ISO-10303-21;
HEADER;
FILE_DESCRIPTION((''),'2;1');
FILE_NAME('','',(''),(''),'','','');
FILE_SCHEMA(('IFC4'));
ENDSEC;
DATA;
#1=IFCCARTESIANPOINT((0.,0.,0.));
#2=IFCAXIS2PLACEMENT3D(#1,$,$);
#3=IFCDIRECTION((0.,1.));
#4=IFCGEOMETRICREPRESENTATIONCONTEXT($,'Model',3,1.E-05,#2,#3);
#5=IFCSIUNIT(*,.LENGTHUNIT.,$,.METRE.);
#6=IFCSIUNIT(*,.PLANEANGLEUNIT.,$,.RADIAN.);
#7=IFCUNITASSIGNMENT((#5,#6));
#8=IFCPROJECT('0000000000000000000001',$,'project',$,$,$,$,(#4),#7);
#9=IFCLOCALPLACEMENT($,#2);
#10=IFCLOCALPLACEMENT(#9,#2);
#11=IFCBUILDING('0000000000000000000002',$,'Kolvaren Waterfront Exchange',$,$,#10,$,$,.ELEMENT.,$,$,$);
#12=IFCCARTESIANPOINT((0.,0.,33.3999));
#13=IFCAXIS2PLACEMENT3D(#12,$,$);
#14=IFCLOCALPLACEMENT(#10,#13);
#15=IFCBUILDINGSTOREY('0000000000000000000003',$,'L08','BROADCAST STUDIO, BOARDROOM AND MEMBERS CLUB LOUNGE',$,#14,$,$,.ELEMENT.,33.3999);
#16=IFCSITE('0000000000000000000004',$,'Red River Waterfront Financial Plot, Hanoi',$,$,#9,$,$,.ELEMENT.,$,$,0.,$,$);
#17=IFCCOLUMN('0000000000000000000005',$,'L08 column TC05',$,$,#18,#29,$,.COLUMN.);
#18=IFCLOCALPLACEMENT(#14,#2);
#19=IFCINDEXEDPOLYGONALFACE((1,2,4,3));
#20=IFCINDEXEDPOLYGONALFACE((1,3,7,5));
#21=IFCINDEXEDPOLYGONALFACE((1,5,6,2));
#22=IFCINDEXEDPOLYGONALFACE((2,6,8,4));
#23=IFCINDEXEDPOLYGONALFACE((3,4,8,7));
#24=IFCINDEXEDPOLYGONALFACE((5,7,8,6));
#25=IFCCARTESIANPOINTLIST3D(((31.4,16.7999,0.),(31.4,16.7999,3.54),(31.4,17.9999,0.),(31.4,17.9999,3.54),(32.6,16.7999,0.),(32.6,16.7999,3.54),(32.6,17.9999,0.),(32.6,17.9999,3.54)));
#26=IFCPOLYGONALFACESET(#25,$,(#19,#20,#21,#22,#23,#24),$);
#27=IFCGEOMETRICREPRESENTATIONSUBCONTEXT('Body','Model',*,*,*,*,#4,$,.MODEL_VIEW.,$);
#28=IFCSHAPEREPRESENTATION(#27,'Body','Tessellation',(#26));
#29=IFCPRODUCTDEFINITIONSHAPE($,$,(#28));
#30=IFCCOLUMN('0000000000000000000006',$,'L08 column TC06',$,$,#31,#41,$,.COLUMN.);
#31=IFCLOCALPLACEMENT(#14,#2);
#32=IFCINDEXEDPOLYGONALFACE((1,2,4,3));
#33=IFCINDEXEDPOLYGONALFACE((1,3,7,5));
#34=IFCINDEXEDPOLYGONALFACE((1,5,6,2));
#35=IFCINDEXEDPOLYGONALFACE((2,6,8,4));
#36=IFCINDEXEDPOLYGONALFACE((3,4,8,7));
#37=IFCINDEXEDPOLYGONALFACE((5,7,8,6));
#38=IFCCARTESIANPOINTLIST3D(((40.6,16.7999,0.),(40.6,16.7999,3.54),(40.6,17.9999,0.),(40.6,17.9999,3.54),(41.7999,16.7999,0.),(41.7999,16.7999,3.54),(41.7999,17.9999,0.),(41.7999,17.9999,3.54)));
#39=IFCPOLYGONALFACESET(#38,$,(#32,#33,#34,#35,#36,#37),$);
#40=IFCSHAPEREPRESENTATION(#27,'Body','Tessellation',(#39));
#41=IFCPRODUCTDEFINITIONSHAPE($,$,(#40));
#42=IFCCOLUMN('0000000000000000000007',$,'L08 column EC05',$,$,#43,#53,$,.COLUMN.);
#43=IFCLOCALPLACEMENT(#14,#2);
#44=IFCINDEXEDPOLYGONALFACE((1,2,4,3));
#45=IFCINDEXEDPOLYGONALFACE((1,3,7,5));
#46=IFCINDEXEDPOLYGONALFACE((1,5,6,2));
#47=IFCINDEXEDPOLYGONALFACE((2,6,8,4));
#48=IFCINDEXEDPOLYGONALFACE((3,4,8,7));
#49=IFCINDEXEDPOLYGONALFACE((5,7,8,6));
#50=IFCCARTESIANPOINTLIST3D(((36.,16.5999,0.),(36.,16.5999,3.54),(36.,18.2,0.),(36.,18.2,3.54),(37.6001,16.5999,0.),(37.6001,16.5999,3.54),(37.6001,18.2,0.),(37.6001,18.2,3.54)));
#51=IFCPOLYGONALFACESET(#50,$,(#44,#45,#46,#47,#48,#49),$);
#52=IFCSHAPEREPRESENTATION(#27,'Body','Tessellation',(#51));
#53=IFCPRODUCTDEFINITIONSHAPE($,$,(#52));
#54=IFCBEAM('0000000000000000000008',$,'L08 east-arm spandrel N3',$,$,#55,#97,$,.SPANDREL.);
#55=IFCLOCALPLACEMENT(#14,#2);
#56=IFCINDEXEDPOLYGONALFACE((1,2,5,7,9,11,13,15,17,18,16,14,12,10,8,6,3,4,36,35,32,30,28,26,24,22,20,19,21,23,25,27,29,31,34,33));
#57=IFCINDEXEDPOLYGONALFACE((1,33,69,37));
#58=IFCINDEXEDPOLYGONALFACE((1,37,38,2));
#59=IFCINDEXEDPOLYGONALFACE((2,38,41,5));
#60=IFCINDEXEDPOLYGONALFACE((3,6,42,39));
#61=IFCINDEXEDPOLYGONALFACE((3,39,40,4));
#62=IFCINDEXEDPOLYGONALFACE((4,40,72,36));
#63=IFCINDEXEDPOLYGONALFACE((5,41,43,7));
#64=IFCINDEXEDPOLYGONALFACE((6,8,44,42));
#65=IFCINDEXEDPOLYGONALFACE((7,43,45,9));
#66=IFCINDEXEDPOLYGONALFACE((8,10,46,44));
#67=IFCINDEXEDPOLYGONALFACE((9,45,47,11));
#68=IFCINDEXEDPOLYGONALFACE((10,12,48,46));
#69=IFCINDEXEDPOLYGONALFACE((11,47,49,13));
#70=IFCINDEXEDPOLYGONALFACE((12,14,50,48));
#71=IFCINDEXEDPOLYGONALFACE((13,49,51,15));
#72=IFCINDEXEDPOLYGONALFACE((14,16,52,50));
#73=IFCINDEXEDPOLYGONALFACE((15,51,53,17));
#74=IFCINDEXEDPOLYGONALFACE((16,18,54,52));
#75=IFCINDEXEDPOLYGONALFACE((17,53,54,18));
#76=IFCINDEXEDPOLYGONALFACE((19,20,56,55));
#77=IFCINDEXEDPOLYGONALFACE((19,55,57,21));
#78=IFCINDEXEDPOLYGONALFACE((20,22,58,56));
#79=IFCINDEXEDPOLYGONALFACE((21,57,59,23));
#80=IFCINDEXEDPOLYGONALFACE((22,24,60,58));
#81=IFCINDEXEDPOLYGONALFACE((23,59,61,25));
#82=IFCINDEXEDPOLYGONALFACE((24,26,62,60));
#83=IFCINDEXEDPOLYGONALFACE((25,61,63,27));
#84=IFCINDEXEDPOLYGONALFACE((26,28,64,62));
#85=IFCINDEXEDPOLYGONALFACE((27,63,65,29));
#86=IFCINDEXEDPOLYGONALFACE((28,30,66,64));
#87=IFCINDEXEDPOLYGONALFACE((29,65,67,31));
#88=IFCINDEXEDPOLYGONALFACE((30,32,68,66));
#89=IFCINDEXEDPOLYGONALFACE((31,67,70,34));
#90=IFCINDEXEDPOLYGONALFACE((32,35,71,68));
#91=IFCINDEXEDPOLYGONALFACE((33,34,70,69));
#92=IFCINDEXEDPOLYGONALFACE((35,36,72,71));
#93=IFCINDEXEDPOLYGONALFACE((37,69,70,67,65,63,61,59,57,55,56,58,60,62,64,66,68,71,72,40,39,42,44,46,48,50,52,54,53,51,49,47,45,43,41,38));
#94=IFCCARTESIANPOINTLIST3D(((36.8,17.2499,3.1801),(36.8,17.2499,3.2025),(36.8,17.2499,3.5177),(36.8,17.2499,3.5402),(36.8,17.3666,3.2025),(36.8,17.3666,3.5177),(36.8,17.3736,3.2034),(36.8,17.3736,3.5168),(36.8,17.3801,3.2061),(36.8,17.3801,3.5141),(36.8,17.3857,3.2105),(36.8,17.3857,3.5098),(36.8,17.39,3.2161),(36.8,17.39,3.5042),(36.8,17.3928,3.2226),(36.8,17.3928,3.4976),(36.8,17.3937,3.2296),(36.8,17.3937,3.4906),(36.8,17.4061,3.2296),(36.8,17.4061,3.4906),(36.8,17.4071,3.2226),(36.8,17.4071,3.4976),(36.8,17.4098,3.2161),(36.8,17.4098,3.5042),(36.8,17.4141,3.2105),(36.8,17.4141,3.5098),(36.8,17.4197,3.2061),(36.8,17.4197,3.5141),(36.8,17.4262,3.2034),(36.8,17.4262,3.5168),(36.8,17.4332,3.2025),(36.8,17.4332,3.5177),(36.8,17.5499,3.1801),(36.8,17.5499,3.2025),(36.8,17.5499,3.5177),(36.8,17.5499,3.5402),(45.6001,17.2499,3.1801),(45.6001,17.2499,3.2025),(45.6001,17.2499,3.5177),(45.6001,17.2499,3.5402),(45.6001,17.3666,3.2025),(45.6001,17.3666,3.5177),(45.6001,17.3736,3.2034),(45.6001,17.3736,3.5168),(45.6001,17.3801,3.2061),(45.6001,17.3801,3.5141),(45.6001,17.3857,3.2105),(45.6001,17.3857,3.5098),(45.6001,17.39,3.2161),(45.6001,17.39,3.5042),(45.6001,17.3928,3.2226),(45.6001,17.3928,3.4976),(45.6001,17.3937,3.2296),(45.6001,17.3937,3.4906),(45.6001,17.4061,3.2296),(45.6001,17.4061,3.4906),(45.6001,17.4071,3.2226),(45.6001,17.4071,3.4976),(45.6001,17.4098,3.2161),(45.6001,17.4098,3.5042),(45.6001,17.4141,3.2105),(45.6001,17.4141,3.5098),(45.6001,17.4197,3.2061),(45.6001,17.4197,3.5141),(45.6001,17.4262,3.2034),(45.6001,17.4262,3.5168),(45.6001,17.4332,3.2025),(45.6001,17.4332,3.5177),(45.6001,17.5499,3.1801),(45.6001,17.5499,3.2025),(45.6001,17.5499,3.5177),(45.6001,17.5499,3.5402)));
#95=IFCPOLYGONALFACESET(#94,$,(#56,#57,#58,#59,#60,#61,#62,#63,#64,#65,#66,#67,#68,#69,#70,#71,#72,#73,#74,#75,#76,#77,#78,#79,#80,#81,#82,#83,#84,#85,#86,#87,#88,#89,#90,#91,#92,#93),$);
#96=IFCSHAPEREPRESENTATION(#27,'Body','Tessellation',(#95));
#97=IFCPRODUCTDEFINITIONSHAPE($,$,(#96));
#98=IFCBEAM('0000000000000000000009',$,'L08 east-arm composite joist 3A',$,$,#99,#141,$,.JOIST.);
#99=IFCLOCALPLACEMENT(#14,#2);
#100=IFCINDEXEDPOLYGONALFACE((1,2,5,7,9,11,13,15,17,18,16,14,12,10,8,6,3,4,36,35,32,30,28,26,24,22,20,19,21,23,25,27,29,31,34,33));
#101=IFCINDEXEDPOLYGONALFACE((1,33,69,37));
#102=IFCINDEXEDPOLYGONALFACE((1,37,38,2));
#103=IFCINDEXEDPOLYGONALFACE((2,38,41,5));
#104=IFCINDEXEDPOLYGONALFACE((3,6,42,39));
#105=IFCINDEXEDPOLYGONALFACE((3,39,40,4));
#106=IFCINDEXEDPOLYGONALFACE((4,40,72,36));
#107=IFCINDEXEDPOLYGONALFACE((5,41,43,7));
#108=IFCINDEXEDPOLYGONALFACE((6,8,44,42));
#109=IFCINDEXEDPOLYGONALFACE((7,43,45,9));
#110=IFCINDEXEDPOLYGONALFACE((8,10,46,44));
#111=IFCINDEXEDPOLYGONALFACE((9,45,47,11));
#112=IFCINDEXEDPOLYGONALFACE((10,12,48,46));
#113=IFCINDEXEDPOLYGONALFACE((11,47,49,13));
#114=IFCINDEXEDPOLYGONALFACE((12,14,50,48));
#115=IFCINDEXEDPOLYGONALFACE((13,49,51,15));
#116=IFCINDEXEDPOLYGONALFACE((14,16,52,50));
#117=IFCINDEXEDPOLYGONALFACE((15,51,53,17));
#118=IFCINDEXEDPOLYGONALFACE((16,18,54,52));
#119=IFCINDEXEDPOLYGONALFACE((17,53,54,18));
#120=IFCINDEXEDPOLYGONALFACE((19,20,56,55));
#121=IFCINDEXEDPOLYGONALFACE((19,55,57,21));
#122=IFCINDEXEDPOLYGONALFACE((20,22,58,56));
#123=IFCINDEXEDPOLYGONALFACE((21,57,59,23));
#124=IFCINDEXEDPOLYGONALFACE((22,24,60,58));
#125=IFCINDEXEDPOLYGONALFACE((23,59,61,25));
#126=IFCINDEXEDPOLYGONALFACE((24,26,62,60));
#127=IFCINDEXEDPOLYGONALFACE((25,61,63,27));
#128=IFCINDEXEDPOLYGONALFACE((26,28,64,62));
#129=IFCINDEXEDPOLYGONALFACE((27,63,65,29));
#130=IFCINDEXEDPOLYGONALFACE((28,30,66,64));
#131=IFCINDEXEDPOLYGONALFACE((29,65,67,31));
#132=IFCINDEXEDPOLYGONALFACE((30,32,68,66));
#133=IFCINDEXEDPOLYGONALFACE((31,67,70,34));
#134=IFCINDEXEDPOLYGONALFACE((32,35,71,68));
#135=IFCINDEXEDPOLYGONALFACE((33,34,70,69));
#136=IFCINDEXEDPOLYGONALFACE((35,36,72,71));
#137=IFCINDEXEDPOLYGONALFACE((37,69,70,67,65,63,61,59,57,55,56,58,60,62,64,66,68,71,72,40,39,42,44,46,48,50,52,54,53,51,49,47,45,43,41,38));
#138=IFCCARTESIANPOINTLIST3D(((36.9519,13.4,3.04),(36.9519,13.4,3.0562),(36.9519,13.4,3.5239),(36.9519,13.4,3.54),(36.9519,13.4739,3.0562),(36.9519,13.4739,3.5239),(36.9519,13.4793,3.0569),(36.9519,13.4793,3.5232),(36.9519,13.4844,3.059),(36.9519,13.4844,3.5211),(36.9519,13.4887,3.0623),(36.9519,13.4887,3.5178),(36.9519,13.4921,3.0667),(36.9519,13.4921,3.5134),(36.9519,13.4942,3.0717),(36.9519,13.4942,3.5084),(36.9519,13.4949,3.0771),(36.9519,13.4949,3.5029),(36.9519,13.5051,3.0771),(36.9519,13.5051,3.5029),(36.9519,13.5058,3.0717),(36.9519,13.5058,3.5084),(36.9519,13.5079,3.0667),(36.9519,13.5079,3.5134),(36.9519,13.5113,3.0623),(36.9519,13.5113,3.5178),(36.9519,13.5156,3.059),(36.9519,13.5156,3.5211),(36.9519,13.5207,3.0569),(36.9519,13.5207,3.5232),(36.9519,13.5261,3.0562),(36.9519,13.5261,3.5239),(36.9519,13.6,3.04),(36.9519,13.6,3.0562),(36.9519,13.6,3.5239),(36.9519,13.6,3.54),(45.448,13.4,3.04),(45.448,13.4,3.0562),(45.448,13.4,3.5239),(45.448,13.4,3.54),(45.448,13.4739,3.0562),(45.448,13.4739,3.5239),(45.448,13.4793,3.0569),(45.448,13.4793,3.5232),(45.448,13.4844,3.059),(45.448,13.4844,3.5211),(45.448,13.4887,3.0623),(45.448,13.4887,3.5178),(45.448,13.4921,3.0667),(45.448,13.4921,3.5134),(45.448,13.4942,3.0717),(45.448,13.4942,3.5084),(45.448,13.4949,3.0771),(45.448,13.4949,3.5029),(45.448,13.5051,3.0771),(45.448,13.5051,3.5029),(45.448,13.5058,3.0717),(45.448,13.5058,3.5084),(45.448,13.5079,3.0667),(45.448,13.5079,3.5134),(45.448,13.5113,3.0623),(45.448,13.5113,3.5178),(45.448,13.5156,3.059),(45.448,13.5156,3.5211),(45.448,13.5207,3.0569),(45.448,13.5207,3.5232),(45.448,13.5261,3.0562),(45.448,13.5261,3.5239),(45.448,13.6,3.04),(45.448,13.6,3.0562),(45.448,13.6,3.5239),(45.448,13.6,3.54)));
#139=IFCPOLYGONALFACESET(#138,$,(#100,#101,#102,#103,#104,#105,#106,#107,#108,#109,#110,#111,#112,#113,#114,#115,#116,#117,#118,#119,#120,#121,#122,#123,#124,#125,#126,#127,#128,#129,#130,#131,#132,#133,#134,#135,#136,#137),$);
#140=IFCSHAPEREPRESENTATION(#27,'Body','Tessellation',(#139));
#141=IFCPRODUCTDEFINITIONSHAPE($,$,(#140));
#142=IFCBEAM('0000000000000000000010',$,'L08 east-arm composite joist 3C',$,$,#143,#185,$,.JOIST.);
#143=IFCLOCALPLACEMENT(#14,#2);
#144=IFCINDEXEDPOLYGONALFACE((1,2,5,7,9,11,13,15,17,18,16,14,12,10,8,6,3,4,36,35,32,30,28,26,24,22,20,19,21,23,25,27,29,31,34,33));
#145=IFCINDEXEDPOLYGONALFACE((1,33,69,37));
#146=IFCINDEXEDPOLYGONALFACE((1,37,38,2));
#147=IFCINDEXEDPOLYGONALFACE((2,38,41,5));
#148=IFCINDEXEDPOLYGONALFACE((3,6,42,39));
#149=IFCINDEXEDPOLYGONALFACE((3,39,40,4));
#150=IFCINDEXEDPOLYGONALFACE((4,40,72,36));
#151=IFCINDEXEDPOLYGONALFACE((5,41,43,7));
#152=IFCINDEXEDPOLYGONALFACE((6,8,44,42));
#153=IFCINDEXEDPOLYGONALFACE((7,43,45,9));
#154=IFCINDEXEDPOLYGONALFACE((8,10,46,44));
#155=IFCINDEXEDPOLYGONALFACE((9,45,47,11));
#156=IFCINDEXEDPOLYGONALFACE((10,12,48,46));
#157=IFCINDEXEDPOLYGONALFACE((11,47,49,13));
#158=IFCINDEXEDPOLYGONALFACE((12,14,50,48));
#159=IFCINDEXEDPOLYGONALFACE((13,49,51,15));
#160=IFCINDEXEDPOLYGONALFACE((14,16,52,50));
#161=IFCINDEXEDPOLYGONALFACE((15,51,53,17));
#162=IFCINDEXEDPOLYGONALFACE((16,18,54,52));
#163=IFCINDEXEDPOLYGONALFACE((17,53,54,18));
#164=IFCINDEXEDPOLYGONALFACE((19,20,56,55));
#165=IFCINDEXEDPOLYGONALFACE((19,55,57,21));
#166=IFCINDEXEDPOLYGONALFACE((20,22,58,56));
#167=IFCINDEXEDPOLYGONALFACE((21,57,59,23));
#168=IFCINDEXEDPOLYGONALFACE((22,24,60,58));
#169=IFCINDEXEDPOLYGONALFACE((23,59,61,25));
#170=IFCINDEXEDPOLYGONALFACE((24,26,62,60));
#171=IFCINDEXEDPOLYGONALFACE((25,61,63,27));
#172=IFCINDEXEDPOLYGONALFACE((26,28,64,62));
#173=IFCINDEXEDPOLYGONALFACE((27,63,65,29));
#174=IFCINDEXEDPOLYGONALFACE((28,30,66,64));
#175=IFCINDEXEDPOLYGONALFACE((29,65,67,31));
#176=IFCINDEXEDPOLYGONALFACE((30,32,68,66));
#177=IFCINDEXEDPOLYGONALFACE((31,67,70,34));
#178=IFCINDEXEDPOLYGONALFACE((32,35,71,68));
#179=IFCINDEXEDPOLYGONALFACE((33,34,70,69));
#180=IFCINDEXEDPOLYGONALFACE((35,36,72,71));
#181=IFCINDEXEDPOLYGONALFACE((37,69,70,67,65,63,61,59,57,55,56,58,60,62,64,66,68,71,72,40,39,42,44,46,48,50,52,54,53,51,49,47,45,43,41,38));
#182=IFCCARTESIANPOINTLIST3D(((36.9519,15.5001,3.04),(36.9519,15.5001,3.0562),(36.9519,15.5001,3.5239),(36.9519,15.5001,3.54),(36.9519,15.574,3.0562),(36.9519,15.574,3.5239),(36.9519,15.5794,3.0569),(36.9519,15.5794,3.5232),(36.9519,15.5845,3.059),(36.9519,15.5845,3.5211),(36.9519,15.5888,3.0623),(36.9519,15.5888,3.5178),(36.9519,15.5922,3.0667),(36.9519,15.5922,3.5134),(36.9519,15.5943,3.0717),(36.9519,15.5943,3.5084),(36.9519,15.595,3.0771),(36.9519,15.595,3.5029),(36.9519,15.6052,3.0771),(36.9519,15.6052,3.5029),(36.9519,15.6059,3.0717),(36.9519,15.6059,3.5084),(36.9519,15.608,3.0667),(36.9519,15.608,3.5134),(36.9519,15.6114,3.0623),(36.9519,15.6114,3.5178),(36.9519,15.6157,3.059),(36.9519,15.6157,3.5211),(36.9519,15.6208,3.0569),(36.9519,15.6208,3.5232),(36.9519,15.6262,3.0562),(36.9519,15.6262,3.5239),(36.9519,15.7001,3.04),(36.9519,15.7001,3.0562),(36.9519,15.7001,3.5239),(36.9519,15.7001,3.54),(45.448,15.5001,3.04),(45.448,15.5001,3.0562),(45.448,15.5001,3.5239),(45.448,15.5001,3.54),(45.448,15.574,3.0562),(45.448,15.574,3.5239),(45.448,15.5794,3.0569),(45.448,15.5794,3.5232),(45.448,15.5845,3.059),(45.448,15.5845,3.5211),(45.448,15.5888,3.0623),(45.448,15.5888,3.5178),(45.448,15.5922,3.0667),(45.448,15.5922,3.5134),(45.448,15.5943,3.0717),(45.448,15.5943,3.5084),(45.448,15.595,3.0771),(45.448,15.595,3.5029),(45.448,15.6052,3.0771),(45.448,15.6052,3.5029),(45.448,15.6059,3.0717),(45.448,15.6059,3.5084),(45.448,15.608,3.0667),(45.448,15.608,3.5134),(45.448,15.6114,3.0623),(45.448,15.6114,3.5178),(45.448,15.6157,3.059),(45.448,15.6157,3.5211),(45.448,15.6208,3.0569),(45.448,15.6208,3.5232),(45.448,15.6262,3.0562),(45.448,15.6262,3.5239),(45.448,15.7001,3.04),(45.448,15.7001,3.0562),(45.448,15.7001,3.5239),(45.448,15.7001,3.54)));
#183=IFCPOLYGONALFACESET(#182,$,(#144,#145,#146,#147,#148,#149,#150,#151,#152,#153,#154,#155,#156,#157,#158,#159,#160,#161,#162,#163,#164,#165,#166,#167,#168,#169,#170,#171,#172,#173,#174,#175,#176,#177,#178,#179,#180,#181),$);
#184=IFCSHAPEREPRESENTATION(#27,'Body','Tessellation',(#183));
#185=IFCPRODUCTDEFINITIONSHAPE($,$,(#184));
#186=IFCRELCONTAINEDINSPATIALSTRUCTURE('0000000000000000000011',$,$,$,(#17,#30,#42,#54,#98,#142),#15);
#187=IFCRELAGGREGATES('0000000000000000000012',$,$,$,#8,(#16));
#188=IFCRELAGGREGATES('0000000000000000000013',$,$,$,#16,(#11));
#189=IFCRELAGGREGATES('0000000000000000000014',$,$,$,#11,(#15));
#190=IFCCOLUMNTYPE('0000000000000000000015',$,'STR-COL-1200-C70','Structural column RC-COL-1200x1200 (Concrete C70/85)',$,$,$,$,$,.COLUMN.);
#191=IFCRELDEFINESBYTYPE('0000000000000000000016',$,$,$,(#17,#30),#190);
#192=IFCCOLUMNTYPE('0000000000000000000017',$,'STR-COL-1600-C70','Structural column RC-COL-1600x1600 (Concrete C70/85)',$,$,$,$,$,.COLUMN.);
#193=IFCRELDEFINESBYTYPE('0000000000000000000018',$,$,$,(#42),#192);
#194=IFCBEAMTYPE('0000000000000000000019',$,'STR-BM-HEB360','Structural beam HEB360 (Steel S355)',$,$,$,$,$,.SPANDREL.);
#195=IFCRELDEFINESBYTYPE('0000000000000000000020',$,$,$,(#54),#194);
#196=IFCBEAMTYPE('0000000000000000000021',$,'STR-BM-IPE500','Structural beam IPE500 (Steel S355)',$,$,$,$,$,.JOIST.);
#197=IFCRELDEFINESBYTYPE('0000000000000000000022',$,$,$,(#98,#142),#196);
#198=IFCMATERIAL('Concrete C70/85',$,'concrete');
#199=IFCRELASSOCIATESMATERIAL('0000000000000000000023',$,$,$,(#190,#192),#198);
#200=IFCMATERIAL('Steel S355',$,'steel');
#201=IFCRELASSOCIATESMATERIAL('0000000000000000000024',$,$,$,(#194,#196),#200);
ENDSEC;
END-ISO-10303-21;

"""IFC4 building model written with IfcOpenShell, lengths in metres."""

from ifc_helpers import new_model, si_unit, direction, frame, origin, origin_2d, place, context, subcontext, project, spatial, rectangle, i_section, extrude, material, material_profile, profile_set, type_object, element, save


model = new_model("IFC4")

# Units and contexts
model_context = context("Model", 3, precision=1e-05, world=origin(), true_north=direction((0.0, 1.0)))
body_context = subcontext(model_context, "Body", "Model", "MODEL_VIEW")
ifc_project = project(units=[si_unit("LENGTHUNIT", "METRE"), si_unit("PLANEANGLEUNIT", "RADIAN")], contexts=[model_context])

# Site, building, storey
site_placement = place(None, origin())
site = spatial("IfcSite", under=ifc_project, at=site_placement, Name="Red River Waterfront Financial Plot, Hanoi", CompositionType="ELEMENT", RefElevation=0.0)
building_placement = place(site_placement, origin())
building = spatial("IfcBuilding", under=site, at=building_placement, Name="Kolvaren Waterfront Exchange", CompositionType="ELEMENT")
storey_placement = place(building_placement, frame((0.0, 0.0, 33.3999)))
storey = spatial("IfcBuildingStorey", under=building, at=storey_placement, Name="L08", Description="BROADCAST STUDIO, BOARDROOM AND MEMBERS CLUB LOUNGE", CompositionType="ELEMENT", Elevation=33.3999)

# Columns
ifc_material_1 = material(Name="Concrete C70/85", Category="concrete")
ifc_material_profile_1 = material_profile(ifc_material_1, rectangle(XDim=1.2, YDim=1.2, at=origin_2d()), Name="RC-COL-1200x1200")
ifc_profile_set_1 = profile_set([ifc_material_profile_1], Name="Concrete C70/85")
column_type_1 = type_object("IfcColumnType", Name="STR-COL-1200-C70", Description="Structural column RC-COL-1200x1200 (Concrete C70/85)", PredefinedType="COLUMN", material=ifc_profile_set_1)
for number, where, z_axis, x_axis, name in (
    (1, (32.0, 17.3999, 0.0), (0.0, 0.0, 1.0), (1.0, 0.0, 0.0), "L08 column TC05"),
    (2, (41.2, 17.3999, 0.0), (0.0, 0.0, 1.0), (1.0, 0.0, 0.0), "L08 column TC06"),
):
    element("IfcColumn", number, at=place(storey_placement, frame(where, z_axis=z_axis, x_axis=x_axis)), inside=storey, type_object=column_type_1, Name=name, PredefinedType="COLUMN", context=body_context, shape_type="SweptSolid", body=[
        extrude(rectangle(XDim=1.2, YDim=1.2, at=origin_2d()), origin(), (0.0, 0.0, 1.0), 3.54),
    ])
ifc_material_profile_2 = material_profile(ifc_material_1, rectangle(XDim=1.6001, YDim=1.6001, at=origin_2d()), Name="RC-COL-1600x1600")
ifc_profile_set_2 = profile_set([ifc_material_profile_2], Name="Concrete C70/85")
column_type_2 = type_object("IfcColumnType", Name="STR-COL-1600-C70", Description="Structural column RC-COL-1600x1600 (Concrete C70/85)", PredefinedType="COLUMN", material=ifc_profile_set_2)
column_placement = place(storey_placement, frame((36.8, 17.3999, 0.0), z_axis=(0.0, 0.0, 1.0), x_axis=(1.0, 0.0, 0.0)))
element("IfcColumn", 3, at=column_placement, inside=storey, type_object=column_type_2, Name="L08 column EC05", PredefinedType="COLUMN", context=body_context, shape_type="SweptSolid", body=[
    extrude(rectangle(XDim=1.6001, YDim=1.6001, at=origin_2d()), origin(), (0.0, 0.0, 1.0), 3.54),
])

# Beams
ifc_material_2 = material(Name="Steel S355", Category="steel")
ifc_material_profile_3 = material_profile(ifc_material_2, i_section(OverallWidth=0.3, OverallDepth=0.3601, WebThickness=0.0125, FlangeThickness=0.0225, FilletRadius=0.0271, at=origin_2d()), Name="HEB360")
ifc_profile_set_3 = profile_set([ifc_material_profile_3], Name="Steel S355")
beam_type_1 = type_object("IfcBeamType", Name="STR-BM-HEB360", Description="Structural beam HEB360 (Steel S355)", PredefinedType="SPANDREL", material=ifc_profile_set_3)
beam_placement = place(storey_placement, frame((36.8, 17.3999, 3.3601), z_axis=(1.0, 0.0, 0.0), x_axis=(0.0, 1.0, 0.0)))
element("IfcBeam", 4, at=beam_placement, inside=storey, type_object=beam_type_1, Name="L08 east-arm spandrel N3", PredefinedType="SPANDREL", context=body_context, shape_type="SweptSolid", body=[
    extrude(i_section(OverallWidth=0.3, OverallDepth=0.3601, WebThickness=0.0125, FlangeThickness=0.0225, FilletRadius=0.0271, at=origin_2d()), origin(), (0.0, 0.0, 1.0), 8.8),
])
ifc_material_profile_4 = material_profile(ifc_material_2, i_section(OverallWidth=0.2, OverallDepth=0.5, WebThickness=0.0103, FlangeThickness=0.0161, FilletRadius=0.021, at=origin_2d()), Name="IPE500")
ifc_profile_set_4 = profile_set([ifc_material_profile_4], Name="Steel S355")
beam_type_2 = type_object("IfcBeamType", Name="STR-BM-IPE500", Description="Structural beam IPE500 (Steel S355)", PredefinedType="JOIST", material=ifc_profile_set_4)
for number, where, z_axis, x_axis, name in (
    (5, (36.9519, 13.5, 3.29), (1.0, 0.0, 0.0), (0.0, 1.0, 0.0), "L08 east-arm composite joist 3A"),
    (6, (36.9519, 15.6001, 3.29), (1.0, 0.0, 0.0), (0.0, 1.0, 0.0), "L08 east-arm composite joist 3C"),
):
    element("IfcBeam", number, at=place(storey_placement, frame(where, z_axis=z_axis, x_axis=x_axis)), inside=storey, type_object=beam_type_2, Name=name, PredefinedType="JOIST", context=body_context, shape_type="SweptSolid", body=[
        extrude(i_section(OverallWidth=0.2, OverallDepth=0.5, WebThickness=0.0103, FlangeThickness=0.0161, FilletRadius=0.021, at=origin_2d()), origin(), (0.0, 0.0, 1.0), 8.4961),
    ])

save(model, "model.ifc")
